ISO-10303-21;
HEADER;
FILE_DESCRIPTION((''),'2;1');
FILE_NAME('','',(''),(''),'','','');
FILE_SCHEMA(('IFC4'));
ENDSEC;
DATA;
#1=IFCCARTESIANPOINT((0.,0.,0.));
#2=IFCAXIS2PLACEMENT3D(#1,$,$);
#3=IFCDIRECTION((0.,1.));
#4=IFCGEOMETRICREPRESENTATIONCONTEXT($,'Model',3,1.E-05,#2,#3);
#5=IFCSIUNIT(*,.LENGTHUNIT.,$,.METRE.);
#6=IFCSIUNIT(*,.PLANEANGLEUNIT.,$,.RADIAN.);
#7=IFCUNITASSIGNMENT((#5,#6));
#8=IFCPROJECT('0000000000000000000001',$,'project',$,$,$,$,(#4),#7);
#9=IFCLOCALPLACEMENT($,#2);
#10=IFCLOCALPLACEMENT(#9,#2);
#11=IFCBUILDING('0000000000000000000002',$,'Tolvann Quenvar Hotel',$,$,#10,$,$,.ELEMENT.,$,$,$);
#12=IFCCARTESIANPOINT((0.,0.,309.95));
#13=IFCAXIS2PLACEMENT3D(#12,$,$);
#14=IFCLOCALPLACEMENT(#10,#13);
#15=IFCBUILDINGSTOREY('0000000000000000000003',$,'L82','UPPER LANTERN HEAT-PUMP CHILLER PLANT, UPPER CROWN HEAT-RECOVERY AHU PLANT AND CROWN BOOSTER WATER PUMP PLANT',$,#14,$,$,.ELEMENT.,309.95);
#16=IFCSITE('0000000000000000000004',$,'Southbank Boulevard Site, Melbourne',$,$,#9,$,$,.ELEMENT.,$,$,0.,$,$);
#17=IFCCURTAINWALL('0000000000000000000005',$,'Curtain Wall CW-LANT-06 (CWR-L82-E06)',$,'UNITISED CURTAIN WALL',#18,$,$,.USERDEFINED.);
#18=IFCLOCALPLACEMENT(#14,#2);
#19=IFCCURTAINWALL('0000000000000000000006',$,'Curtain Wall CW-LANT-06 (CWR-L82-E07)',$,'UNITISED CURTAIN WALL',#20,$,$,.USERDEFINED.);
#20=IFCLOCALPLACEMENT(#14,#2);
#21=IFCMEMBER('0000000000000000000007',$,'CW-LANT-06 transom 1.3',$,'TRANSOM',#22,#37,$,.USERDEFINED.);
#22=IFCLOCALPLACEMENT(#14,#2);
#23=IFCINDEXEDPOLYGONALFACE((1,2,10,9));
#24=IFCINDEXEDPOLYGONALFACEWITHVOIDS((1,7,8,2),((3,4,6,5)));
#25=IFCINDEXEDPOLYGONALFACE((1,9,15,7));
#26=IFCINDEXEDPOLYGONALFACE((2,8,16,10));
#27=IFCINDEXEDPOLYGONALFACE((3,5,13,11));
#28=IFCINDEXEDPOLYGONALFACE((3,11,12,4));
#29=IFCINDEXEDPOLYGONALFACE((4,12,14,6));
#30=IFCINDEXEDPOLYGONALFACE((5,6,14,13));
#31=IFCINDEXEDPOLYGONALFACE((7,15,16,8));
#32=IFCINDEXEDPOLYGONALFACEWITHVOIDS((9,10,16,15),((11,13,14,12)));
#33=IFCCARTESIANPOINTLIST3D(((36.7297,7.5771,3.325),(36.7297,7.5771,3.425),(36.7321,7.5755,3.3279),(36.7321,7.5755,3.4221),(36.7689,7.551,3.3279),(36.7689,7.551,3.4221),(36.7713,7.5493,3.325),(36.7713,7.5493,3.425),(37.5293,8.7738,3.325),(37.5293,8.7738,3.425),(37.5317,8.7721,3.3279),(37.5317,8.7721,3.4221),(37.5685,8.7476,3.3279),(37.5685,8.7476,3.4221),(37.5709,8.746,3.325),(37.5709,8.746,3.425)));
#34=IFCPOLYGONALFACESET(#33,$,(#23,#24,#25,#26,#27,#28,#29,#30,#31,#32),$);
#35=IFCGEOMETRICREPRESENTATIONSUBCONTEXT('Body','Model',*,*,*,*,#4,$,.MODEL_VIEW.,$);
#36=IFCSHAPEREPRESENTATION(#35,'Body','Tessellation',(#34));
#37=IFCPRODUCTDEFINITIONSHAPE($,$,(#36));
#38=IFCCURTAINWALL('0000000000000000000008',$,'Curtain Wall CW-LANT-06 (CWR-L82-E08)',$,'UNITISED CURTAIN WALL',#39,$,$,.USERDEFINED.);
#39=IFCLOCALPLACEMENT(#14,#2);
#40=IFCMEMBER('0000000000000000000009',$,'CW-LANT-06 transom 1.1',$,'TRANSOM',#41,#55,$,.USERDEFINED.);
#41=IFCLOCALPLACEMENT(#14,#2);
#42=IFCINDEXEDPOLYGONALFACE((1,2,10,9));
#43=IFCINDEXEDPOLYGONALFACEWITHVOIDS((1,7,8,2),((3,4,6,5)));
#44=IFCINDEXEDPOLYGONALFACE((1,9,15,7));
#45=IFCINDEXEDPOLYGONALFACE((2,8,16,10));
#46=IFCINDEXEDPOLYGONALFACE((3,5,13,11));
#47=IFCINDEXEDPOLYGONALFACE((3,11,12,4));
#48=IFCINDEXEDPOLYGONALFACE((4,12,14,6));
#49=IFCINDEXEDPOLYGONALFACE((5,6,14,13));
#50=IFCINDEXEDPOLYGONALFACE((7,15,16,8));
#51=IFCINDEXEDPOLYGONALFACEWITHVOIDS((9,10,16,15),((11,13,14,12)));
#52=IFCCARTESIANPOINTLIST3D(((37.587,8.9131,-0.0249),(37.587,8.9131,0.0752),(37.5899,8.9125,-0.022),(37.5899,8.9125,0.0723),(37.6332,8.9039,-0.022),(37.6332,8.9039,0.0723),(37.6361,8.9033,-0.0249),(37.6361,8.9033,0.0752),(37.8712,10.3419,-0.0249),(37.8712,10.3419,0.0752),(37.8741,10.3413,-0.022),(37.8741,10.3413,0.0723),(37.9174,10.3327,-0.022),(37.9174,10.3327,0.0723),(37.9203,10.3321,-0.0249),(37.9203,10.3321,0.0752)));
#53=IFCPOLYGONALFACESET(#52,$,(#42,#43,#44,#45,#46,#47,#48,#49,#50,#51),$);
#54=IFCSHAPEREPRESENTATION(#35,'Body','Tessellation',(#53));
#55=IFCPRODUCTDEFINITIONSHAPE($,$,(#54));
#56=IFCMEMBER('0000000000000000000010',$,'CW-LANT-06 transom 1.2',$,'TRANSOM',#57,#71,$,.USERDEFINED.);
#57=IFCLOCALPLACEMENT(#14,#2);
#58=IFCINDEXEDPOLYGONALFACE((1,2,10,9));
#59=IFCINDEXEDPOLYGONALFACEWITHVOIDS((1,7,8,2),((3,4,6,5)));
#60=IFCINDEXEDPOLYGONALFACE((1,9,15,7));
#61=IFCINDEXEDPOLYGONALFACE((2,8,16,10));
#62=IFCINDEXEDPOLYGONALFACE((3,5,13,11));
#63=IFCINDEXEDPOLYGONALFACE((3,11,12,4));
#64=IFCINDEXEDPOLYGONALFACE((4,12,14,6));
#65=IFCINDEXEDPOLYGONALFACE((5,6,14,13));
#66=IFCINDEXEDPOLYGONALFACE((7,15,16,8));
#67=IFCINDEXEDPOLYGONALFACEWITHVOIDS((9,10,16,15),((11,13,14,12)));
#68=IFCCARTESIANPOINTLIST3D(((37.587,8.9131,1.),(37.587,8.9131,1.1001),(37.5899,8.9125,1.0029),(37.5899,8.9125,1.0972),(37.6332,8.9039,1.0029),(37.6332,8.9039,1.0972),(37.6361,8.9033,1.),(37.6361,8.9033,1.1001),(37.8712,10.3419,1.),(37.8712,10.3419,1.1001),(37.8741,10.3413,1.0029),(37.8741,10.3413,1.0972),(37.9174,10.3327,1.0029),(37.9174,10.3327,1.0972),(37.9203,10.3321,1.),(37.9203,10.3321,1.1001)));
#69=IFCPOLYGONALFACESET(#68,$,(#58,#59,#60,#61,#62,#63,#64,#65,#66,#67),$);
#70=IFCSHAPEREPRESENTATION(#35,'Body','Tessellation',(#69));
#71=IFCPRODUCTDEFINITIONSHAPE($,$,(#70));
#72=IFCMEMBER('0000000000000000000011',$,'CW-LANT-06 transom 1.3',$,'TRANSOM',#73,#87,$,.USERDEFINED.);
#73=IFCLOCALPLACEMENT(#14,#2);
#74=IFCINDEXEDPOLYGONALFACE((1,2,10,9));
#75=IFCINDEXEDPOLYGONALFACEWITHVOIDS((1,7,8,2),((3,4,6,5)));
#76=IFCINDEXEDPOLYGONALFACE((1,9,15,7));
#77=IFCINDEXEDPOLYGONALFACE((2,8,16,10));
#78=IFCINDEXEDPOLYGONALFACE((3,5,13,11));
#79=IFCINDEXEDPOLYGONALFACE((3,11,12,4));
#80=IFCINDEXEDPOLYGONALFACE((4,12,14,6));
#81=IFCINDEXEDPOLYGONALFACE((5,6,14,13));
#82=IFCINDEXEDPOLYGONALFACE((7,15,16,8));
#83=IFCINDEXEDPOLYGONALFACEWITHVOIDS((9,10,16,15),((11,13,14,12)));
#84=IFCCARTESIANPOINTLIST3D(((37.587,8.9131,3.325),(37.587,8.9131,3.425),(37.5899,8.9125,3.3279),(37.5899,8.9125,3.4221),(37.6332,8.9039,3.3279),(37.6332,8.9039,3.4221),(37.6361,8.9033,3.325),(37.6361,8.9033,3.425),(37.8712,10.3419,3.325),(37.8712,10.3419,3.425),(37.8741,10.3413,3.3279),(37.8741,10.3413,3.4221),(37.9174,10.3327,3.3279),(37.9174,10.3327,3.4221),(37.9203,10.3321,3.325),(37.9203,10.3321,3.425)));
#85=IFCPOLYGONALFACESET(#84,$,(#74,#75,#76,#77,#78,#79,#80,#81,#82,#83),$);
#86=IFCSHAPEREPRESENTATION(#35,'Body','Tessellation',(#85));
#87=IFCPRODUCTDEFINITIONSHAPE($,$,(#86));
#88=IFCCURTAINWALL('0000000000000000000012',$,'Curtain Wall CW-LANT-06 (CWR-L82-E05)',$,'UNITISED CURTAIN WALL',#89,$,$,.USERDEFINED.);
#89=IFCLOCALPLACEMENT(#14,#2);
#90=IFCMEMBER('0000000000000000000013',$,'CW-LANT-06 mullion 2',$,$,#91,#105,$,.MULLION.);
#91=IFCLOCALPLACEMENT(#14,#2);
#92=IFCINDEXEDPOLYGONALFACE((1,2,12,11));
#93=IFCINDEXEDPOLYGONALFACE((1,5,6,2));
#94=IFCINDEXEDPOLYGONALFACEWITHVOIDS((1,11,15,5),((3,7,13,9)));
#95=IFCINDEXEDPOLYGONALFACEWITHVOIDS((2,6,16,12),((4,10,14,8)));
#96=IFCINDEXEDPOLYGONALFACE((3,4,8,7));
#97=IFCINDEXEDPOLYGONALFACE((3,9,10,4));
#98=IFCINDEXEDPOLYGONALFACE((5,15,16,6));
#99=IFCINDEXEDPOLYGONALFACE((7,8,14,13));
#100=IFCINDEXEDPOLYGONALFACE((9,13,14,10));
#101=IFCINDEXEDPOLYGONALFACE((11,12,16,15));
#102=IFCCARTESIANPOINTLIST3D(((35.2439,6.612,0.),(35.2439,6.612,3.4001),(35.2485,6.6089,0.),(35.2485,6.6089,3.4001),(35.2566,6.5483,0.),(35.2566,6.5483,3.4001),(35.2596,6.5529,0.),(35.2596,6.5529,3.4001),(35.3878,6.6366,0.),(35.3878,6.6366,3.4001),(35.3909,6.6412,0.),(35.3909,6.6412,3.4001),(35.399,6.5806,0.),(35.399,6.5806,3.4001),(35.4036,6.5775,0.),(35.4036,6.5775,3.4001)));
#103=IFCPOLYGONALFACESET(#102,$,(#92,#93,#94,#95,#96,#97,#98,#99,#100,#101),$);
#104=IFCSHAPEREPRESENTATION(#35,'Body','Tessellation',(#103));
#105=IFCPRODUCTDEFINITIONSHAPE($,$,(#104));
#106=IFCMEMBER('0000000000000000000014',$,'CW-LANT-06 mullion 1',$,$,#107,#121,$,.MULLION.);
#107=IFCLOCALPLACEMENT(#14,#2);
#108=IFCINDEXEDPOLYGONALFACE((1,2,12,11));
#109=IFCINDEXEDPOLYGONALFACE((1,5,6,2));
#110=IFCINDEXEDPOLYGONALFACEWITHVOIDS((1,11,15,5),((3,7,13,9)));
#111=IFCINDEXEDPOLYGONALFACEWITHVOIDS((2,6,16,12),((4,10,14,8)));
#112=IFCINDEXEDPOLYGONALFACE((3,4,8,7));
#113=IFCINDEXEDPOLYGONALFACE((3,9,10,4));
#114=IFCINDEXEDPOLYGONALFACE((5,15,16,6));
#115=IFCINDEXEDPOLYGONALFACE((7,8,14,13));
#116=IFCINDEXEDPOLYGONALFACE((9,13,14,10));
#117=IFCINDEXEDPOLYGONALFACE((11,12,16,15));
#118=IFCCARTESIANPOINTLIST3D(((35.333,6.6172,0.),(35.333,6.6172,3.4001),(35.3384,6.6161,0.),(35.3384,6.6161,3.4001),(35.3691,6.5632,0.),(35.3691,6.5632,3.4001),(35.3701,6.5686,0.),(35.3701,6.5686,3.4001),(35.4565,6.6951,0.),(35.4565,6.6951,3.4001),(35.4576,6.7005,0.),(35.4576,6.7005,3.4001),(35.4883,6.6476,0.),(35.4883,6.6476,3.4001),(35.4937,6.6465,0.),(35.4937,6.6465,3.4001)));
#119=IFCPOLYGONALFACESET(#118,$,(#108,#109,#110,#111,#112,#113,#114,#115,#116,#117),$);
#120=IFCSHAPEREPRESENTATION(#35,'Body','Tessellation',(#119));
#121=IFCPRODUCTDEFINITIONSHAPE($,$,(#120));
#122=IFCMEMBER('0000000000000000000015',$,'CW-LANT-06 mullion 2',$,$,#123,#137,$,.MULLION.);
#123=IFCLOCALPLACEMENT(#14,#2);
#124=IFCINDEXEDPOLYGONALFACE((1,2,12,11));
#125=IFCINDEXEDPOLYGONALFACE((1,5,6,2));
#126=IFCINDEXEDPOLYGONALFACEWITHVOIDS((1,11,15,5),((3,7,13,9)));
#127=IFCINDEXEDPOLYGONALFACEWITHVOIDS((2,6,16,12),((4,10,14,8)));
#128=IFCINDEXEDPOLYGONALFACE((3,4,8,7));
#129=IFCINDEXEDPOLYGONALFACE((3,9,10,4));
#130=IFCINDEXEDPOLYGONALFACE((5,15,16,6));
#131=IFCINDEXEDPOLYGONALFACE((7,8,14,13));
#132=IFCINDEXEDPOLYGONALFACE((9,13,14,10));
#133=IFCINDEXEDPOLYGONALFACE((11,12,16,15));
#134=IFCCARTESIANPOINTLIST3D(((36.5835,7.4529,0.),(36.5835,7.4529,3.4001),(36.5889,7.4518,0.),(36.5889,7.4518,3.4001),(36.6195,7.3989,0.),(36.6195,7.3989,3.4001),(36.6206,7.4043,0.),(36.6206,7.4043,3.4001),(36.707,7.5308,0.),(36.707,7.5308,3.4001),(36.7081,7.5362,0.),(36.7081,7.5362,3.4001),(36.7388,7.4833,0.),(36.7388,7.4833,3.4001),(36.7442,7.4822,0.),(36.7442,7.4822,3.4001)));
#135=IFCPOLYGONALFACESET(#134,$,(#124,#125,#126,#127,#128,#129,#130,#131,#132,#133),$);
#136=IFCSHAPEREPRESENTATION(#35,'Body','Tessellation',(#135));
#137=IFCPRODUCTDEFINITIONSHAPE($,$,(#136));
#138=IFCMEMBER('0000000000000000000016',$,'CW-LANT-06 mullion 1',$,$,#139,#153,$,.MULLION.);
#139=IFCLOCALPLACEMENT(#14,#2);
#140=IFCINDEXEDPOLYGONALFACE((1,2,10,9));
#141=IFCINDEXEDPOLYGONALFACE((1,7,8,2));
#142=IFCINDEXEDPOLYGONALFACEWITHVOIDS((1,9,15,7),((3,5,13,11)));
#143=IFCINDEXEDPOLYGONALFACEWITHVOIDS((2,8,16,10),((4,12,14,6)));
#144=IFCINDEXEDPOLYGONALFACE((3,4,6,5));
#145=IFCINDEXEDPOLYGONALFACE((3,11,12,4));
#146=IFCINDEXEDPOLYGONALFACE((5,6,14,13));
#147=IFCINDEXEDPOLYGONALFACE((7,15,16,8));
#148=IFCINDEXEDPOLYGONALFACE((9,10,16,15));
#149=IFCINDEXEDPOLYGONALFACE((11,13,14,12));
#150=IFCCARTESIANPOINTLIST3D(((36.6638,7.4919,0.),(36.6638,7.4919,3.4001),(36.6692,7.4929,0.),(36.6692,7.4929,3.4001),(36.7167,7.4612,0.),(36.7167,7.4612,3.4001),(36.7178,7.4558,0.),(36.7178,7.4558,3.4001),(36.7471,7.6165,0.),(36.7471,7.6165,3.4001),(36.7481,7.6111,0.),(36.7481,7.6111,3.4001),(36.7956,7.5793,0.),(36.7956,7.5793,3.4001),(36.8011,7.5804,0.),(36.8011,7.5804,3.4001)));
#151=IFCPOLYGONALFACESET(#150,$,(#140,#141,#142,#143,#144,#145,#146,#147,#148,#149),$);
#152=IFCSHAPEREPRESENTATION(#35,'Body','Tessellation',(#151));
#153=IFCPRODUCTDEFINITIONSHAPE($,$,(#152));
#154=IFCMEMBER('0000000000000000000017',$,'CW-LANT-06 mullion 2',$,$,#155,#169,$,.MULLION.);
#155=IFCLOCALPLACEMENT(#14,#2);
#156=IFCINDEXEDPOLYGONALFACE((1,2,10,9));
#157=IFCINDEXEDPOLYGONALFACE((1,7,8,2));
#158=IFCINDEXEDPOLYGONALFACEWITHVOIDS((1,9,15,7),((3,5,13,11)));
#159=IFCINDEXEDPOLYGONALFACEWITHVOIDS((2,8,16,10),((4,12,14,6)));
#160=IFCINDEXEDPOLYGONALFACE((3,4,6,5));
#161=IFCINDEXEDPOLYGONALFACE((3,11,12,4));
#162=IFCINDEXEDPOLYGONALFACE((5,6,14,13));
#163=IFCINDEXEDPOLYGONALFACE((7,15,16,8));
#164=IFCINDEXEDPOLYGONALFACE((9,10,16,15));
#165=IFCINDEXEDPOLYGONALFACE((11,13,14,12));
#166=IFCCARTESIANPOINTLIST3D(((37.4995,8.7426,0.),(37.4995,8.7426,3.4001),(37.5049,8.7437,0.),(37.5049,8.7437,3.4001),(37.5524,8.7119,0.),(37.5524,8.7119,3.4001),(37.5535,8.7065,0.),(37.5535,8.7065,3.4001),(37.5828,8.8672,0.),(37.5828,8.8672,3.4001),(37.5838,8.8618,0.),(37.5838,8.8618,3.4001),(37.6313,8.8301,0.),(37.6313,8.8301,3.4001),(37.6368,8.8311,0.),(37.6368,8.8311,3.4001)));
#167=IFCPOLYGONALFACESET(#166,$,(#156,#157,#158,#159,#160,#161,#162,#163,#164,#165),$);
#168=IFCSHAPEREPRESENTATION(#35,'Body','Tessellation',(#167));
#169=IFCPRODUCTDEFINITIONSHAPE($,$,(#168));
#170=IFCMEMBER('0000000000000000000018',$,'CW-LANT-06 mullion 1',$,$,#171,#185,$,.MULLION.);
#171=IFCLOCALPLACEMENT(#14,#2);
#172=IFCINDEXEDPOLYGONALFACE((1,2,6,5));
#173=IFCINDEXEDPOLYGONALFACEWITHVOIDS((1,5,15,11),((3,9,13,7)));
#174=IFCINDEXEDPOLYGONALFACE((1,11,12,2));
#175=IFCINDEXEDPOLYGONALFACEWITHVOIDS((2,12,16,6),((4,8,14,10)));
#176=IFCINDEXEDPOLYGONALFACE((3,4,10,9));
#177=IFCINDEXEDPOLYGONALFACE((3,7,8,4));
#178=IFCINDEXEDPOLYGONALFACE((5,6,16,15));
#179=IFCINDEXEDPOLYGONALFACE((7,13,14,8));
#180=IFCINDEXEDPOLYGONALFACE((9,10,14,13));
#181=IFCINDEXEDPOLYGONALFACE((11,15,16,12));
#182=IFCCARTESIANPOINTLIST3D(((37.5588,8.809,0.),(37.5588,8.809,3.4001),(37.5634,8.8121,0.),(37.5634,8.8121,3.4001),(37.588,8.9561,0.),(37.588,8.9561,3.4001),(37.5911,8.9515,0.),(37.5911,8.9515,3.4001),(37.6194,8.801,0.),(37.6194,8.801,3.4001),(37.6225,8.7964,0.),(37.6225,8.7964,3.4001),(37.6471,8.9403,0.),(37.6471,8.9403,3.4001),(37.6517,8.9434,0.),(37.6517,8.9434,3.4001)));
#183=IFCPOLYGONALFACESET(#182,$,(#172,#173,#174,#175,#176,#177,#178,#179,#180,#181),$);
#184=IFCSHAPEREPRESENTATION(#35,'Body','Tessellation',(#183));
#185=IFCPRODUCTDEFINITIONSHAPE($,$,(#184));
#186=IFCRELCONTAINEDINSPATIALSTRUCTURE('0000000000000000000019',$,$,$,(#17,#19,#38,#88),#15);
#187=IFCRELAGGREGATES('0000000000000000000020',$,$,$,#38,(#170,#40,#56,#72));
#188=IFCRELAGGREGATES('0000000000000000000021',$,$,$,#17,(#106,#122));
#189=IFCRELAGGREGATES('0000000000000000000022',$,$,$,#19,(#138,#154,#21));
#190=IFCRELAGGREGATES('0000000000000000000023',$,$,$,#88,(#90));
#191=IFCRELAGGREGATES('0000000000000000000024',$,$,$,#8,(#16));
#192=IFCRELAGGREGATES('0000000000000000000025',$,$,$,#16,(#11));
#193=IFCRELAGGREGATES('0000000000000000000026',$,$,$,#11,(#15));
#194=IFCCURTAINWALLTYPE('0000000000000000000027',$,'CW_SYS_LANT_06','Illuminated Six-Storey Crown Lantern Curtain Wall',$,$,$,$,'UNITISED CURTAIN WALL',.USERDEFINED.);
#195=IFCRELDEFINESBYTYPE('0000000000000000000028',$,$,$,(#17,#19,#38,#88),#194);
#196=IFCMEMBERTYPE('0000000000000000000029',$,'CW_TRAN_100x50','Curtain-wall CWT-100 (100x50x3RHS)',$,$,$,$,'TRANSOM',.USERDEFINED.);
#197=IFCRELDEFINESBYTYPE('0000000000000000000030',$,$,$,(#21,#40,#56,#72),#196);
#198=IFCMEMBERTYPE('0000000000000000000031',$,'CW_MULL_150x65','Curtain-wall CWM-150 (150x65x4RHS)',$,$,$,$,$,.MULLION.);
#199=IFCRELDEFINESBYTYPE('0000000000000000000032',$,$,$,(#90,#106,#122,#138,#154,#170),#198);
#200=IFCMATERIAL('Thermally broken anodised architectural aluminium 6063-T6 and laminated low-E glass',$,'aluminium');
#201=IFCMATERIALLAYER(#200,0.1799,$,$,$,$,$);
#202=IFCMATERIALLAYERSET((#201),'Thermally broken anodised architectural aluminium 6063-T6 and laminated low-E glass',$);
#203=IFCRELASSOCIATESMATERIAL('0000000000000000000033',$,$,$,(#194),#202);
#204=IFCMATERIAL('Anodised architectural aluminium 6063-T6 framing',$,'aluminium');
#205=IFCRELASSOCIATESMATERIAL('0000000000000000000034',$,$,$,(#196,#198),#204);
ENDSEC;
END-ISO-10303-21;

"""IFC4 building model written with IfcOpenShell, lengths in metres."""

from ifc_helpers import new_model, si_unit, direction, frame, origin, origin_2d, place, context, subcontext, project, spatial, hollow_rectangle, extrude, source, transform, mapped, material, layer, layer_set, material_profile, profile_set, type_object, type_shapes, element, aggregate, save


model = new_model("IFC4")

# Units and contexts
model_context = context("Model", 3, precision=1e-05, world=origin(), true_north=direction((0.0, 1.0)))
body_context = subcontext(model_context, "Body", "Model", "MODEL_VIEW")
ifc_project = project(units=[si_unit("LENGTHUNIT", "METRE"), si_unit("PLANEANGLEUNIT", "RADIAN")], contexts=[model_context])

# Site, building, storey
site_placement = place(None, origin())
site = spatial("IfcSite", under=ifc_project, at=site_placement, Name="Southbank Boulevard Site, Melbourne", CompositionType="ELEMENT", RefElevation=0.0)
building_placement = place(site_placement, origin())
building = spatial("IfcBuilding", under=site, at=building_placement, Name="Tolvann Quenvar Hotel", CompositionType="ELEMENT")
storey_placement = place(building_placement, frame((0.0, 0.0, 309.95)))
storey = spatial("IfcBuildingStorey", under=building, at=storey_placement, Name="L82", Description="UPPER LANTERN HEAT-PUMP CHILLER PLANT, UPPER CROWN HEAT-RECOVERY AHU PLANT AND CROWN BOOSTER WATER PUMP PLANT", CompositionType="ELEMENT", Elevation=309.95)

# Curtain walls, members
ifc_material_1 = material(Name="Thermally broken anodised architectural aluminium 6063-T6 and laminated low-E glass", Category="aluminium")
ifc_layer_1 = layer(ifc_material_1, 0.1799)
ifc_layer_set_1 = layer_set([ifc_layer_1], Name="Thermally broken anodised architectural aluminium 6063-T6 and laminated low-E glass")
curtain_wall_type = type_object("IfcCurtainWallType", Name="CW_SYS_LANT_06", Description="Illuminated Six-Storey Crown Lantern Curtain Wall", ElementType="UNITISED CURTAIN WALL", PredefinedType="USERDEFINED", material=ifc_layer_set_1)
curtain_wall_1_placement = place(storey_placement, origin())
curtain_wall_1 = element("IfcCurtainWall", 1, at=curtain_wall_1_placement, inside=storey, type_object=curtain_wall_type, Name="Curtain Wall CW-LANT-06 (CWR-L82-E06)", ObjectType="UNITISED CURTAIN WALL", PredefinedType="USERDEFINED")
ifc_material_2 = material(Name="Anodised architectural aluminium 6063-T6 framing", Category="aluminium")
ifc_material_profile_1 = material_profile(ifc_material_2, hollow_rectangle(XDim=0.05, YDim=0.1001, WallThickness=0.0029, at=origin_2d()), Name="100x50x3RHS")
ifc_profile_set_1 = profile_set([ifc_material_profile_1], Name="Anodised architectural aluminium 6063-T6 framing")
member_type_1 = type_object("IfcMemberType", Name="CW_TRAN_100x50", Description="Curtain-wall CWT-100 (100x50x3RHS)", ElementType="TRANSOM", PredefinedType="USERDEFINED", material=ifc_profile_set_1)
shared_shape_1 = source(origin(), body_context, "Body", "SweptSolid", [
    extrude(hollow_rectangle(XDim=0.05, YDim=0.1001, WallThickness=0.0029, at=origin_2d()), origin(), (0.0, 0.0, 1.0), 1.4392),
])
curtain_wall_2_placement = place(storey_placement, origin())
curtain_wall_2 = element("IfcCurtainWall", 2, at=curtain_wall_2_placement, inside=storey, type_object=curtain_wall_type, Name="Curtain Wall CW-LANT-06 (CWR-L82-E07)", ObjectType="UNITISED CURTAIN WALL", PredefinedType="USERDEFINED")
member_1_placement = place(storey_placement, frame((36.7505, 7.5632, 3.375), z_axis=(0.5556, 0.83145, 0.0), x_axis=(-0.83145, 0.5556, 0.0)))
member_1 = element("IfcMember", 3, at=member_1_placement, type_object=member_type_1, Name="CW-LANT-06 transom 1.3", ObjectType="TRANSOM", PredefinedType="USERDEFINED", context=body_context, shape_type="MappedRepresentation", body=[
    mapped(shared_shape_1, transform((0.0, 0.0, 0.0), x_axis=(1.0, 0.0, 0.0), y_axis=(0.0, 1.0, 0.0), z_axis=(0.0, 0.0, 1.0), scale=1.0)),
])
curtain_wall_3_placement = place(storey_placement, origin())
curtain_wall_3 = element("IfcCurtainWall", 4, at=curtain_wall_3_placement, inside=storey, type_object=curtain_wall_type, Name="Curtain Wall CW-LANT-06 (CWR-L82-E08)", ObjectType="UNITISED CURTAIN WALL", PredefinedType="USERDEFINED")
shared_shape_2 = source(origin(), body_context, "Body", "SweptSolid", [
    extrude(hollow_rectangle(XDim=0.05, YDim=0.1001, WallThickness=0.0029, at=origin_2d()), origin(), (0.0, 0.0, 1.0), 1.4568),
])
type_shapes(member_type_1, [shared_shape_1, shared_shape_2])
member_2_placement = place(storey_placement, frame((37.6116, 8.9082, 0.0251), z_axis=(0.195085, 0.980786, 0.0), x_axis=(-0.980786, 0.195085, 0.0)))
member_2 = element("IfcMember", 5, at=member_2_placement, type_object=member_type_1, Name="CW-LANT-06 transom 1.1", ObjectType="TRANSOM", PredefinedType="USERDEFINED", context=body_context, shape_type="MappedRepresentation", body=[
    mapped(shared_shape_2, transform((0.0, 0.0, 0.0), x_axis=(1.0, 0.0, 0.0), y_axis=(0.0, 1.0, 0.0), z_axis=(0.0, 0.0, 1.0), scale=1.0)),
])
member_3_placement = place(storey_placement, frame((37.6116, 8.9082, 1.05), z_axis=(0.195085, 0.980786, 0.0), x_axis=(-0.980786, 0.195085, 0.0)))
member_3 = element("IfcMember", 6, at=member_3_placement, type_object=member_type_1, Name="CW-LANT-06 transom 1.2", ObjectType="TRANSOM", PredefinedType="USERDEFINED", context=body_context, shape_type="MappedRepresentation", body=[
    mapped(shared_shape_2, transform((0.0, 0.0, 0.0), x_axis=(1.0, 0.0, 0.0), y_axis=(0.0, 1.0, 0.0), z_axis=(0.0, 0.0, 1.0), scale=1.0)),
])
member_4_placement = place(storey_placement, frame((37.6116, 8.9082, 3.375), z_axis=(0.195085, 0.980786, 0.0), x_axis=(-0.980786, 0.195085, 0.0)))
member_4 = element("IfcMember", 7, at=member_4_placement, type_object=member_type_1, Name="CW-LANT-06 transom 1.3", ObjectType="TRANSOM", PredefinedType="USERDEFINED", context=body_context, shape_type="MappedRepresentation", body=[
    mapped(shared_shape_2, transform((0.0, 0.0, 0.0), x_axis=(1.0, 0.0, 0.0), y_axis=(0.0, 1.0, 0.0), z_axis=(0.0, 0.0, 1.0), scale=1.0)),
])

# Curtain wall, member
curtain_wall_4_placement = place(storey_placement, origin())
curtain_wall_4 = element("IfcCurtainWall", 8, at=curtain_wall_4_placement, inside=storey, type_object=curtain_wall_type, Name="Curtain Wall CW-LANT-06 (CWR-L82-E05)", ObjectType="UNITISED CURTAIN WALL", PredefinedType="USERDEFINED")
ifc_material_profile_2 = material_profile(ifc_material_2, hollow_rectangle(XDim=0.0649, YDim=0.1499, WallThickness=0.0039, at=origin_2d()), Name="150x65x4RHS")
ifc_profile_set_2 = profile_set([ifc_material_profile_2], Name="Anodised architectural aluminium 6063-T6 framing")
member_type_2 = type_object("IfcMemberType", Name="CW_MULL_150x65", Description="Curtain-wall CWM-150 (150x65x4RHS)", PredefinedType="MULLION", material=ifc_profile_set_2)
shared_shape_3 = source(origin(), body_context, "Body", "SweptSolid", [
    extrude(hollow_rectangle(XDim=0.0649, YDim=0.1499, WallThickness=0.0039, at=origin_2d()), origin(), (0.0, 0.0, 1.0), 3.4001),
])
type_shapes(member_type_2, [shared_shape_3])
member_5_placement = place(storey_placement, frame((35.3237, 6.5947, 0.0), z_axis=(0.0, 0.0, 1.0), x_axis=(-0.195062, 0.980791, 0.0)))
member_5 = element("IfcMember", 9, at=member_5_placement, type_object=member_type_2, Name="CW-LANT-06 mullion 2", PredefinedType="MULLION", context=body_context, shape_type="MappedRepresentation", body=[
    mapped(shared_shape_3, transform((0.0, 0.0, 0.0), x_axis=(1.0, 0.0, 0.0), y_axis=(0.0, 1.0, 0.0), z_axis=(0.0, 0.0, 1.0), scale=1.0)),
])

# Members
member_6_placement = place(storey_placement, frame((35.4133, 6.6318, 0.0), z_axis=(0.0, 0.0, 1.0), x_axis=(-0.555656, 0.831412, 0.0)))
member_6 = element("IfcMember", 10, at=member_6_placement, type_object=member_type_2, Name="CW-LANT-06 mullion 1", PredefinedType="MULLION", context=body_context, shape_type="MappedRepresentation", body=[
    mapped(shared_shape_3, transform((0.0, 0.0, 0.0), x_axis=(1.0, 0.0, 0.0), y_axis=(0.0, 1.0, 0.0), z_axis=(0.0, 0.0, 1.0), scale=1.0)),
])
member_7_placement = place(storey_placement, frame((36.6638, 7.4675, 0.0), z_axis=(0.0, 0.0, 1.0), x_axis=(-0.555656, 0.831412, 0.0)))
member_7 = element("IfcMember", 11, at=member_7_placement, type_object=member_type_2, Name="CW-LANT-06 mullion 2", PredefinedType="MULLION", context=body_context, shape_type="MappedRepresentation", body=[
    mapped(shared_shape_3, transform((0.0, 0.0, 0.0), x_axis=(1.0, 0.0, 0.0), y_axis=(0.0, 1.0, 0.0), z_axis=(0.0, 0.0, 1.0), scale=1.0)),
])
member_8_placement = place(storey_placement, frame((36.7324, 7.5361, 0.0), z_axis=(0.0, 0.0, 1.0), x_axis=(-0.831412, 0.555656, 0.0)))
member_8 = element("IfcMember", 12, at=member_8_placement, type_object=member_type_2, Name="CW-LANT-06 mullion 1", PredefinedType="MULLION", context=body_context, shape_type="MappedRepresentation", body=[
    mapped(shared_shape_3, transform((0.0, 0.0, 0.0), x_axis=(1.0, 0.0, 0.0), y_axis=(0.0, 1.0, 0.0), z_axis=(0.0, 0.0, 1.0), scale=1.0)),
])
member_9_placement = place(storey_placement, frame((37.5681, 8.7869, 0.0), z_axis=(0.0, 0.0, 1.0), x_axis=(-0.831412, 0.555656, 0.0)))
member_9 = element("IfcMember", 13, at=member_9_placement, type_object=member_type_2, Name="CW-LANT-06 mullion 2", PredefinedType="MULLION", context=body_context, shape_type="MappedRepresentation", body=[
    mapped(shared_shape_3, transform((0.0, 0.0, 0.0), x_axis=(1.0, 0.0, 0.0), y_axis=(0.0, 1.0, 0.0), z_axis=(0.0, 0.0, 1.0), scale=1.0)),
])
member_10_placement = place(storey_placement, frame((37.6052, 8.8762, 0.0), z_axis=(0.0, 0.0, 1.0), x_axis=(-0.980791, 0.195062, 0.0)))
member_10 = element("IfcMember", 14, at=member_10_placement, type_object=member_type_2, Name="CW-LANT-06 mullion 1", PredefinedType="MULLION", context=body_context, shape_type="MappedRepresentation", body=[
    mapped(shared_shape_3, transform((0.0, 0.0, 0.0), x_axis=(1.0, 0.0, 0.0), y_axis=(0.0, 1.0, 0.0), z_axis=(0.0, 0.0, 1.0), scale=1.0)),
])
aggregate(curtain_wall_3, [member_10, member_2, member_3, member_4])

aggregate(curtain_wall_1, [member_6, member_7])
aggregate(curtain_wall_2, [member_8, member_9, member_1])
aggregate(curtain_wall_4, [member_5])

save(model, "model.ifc")
